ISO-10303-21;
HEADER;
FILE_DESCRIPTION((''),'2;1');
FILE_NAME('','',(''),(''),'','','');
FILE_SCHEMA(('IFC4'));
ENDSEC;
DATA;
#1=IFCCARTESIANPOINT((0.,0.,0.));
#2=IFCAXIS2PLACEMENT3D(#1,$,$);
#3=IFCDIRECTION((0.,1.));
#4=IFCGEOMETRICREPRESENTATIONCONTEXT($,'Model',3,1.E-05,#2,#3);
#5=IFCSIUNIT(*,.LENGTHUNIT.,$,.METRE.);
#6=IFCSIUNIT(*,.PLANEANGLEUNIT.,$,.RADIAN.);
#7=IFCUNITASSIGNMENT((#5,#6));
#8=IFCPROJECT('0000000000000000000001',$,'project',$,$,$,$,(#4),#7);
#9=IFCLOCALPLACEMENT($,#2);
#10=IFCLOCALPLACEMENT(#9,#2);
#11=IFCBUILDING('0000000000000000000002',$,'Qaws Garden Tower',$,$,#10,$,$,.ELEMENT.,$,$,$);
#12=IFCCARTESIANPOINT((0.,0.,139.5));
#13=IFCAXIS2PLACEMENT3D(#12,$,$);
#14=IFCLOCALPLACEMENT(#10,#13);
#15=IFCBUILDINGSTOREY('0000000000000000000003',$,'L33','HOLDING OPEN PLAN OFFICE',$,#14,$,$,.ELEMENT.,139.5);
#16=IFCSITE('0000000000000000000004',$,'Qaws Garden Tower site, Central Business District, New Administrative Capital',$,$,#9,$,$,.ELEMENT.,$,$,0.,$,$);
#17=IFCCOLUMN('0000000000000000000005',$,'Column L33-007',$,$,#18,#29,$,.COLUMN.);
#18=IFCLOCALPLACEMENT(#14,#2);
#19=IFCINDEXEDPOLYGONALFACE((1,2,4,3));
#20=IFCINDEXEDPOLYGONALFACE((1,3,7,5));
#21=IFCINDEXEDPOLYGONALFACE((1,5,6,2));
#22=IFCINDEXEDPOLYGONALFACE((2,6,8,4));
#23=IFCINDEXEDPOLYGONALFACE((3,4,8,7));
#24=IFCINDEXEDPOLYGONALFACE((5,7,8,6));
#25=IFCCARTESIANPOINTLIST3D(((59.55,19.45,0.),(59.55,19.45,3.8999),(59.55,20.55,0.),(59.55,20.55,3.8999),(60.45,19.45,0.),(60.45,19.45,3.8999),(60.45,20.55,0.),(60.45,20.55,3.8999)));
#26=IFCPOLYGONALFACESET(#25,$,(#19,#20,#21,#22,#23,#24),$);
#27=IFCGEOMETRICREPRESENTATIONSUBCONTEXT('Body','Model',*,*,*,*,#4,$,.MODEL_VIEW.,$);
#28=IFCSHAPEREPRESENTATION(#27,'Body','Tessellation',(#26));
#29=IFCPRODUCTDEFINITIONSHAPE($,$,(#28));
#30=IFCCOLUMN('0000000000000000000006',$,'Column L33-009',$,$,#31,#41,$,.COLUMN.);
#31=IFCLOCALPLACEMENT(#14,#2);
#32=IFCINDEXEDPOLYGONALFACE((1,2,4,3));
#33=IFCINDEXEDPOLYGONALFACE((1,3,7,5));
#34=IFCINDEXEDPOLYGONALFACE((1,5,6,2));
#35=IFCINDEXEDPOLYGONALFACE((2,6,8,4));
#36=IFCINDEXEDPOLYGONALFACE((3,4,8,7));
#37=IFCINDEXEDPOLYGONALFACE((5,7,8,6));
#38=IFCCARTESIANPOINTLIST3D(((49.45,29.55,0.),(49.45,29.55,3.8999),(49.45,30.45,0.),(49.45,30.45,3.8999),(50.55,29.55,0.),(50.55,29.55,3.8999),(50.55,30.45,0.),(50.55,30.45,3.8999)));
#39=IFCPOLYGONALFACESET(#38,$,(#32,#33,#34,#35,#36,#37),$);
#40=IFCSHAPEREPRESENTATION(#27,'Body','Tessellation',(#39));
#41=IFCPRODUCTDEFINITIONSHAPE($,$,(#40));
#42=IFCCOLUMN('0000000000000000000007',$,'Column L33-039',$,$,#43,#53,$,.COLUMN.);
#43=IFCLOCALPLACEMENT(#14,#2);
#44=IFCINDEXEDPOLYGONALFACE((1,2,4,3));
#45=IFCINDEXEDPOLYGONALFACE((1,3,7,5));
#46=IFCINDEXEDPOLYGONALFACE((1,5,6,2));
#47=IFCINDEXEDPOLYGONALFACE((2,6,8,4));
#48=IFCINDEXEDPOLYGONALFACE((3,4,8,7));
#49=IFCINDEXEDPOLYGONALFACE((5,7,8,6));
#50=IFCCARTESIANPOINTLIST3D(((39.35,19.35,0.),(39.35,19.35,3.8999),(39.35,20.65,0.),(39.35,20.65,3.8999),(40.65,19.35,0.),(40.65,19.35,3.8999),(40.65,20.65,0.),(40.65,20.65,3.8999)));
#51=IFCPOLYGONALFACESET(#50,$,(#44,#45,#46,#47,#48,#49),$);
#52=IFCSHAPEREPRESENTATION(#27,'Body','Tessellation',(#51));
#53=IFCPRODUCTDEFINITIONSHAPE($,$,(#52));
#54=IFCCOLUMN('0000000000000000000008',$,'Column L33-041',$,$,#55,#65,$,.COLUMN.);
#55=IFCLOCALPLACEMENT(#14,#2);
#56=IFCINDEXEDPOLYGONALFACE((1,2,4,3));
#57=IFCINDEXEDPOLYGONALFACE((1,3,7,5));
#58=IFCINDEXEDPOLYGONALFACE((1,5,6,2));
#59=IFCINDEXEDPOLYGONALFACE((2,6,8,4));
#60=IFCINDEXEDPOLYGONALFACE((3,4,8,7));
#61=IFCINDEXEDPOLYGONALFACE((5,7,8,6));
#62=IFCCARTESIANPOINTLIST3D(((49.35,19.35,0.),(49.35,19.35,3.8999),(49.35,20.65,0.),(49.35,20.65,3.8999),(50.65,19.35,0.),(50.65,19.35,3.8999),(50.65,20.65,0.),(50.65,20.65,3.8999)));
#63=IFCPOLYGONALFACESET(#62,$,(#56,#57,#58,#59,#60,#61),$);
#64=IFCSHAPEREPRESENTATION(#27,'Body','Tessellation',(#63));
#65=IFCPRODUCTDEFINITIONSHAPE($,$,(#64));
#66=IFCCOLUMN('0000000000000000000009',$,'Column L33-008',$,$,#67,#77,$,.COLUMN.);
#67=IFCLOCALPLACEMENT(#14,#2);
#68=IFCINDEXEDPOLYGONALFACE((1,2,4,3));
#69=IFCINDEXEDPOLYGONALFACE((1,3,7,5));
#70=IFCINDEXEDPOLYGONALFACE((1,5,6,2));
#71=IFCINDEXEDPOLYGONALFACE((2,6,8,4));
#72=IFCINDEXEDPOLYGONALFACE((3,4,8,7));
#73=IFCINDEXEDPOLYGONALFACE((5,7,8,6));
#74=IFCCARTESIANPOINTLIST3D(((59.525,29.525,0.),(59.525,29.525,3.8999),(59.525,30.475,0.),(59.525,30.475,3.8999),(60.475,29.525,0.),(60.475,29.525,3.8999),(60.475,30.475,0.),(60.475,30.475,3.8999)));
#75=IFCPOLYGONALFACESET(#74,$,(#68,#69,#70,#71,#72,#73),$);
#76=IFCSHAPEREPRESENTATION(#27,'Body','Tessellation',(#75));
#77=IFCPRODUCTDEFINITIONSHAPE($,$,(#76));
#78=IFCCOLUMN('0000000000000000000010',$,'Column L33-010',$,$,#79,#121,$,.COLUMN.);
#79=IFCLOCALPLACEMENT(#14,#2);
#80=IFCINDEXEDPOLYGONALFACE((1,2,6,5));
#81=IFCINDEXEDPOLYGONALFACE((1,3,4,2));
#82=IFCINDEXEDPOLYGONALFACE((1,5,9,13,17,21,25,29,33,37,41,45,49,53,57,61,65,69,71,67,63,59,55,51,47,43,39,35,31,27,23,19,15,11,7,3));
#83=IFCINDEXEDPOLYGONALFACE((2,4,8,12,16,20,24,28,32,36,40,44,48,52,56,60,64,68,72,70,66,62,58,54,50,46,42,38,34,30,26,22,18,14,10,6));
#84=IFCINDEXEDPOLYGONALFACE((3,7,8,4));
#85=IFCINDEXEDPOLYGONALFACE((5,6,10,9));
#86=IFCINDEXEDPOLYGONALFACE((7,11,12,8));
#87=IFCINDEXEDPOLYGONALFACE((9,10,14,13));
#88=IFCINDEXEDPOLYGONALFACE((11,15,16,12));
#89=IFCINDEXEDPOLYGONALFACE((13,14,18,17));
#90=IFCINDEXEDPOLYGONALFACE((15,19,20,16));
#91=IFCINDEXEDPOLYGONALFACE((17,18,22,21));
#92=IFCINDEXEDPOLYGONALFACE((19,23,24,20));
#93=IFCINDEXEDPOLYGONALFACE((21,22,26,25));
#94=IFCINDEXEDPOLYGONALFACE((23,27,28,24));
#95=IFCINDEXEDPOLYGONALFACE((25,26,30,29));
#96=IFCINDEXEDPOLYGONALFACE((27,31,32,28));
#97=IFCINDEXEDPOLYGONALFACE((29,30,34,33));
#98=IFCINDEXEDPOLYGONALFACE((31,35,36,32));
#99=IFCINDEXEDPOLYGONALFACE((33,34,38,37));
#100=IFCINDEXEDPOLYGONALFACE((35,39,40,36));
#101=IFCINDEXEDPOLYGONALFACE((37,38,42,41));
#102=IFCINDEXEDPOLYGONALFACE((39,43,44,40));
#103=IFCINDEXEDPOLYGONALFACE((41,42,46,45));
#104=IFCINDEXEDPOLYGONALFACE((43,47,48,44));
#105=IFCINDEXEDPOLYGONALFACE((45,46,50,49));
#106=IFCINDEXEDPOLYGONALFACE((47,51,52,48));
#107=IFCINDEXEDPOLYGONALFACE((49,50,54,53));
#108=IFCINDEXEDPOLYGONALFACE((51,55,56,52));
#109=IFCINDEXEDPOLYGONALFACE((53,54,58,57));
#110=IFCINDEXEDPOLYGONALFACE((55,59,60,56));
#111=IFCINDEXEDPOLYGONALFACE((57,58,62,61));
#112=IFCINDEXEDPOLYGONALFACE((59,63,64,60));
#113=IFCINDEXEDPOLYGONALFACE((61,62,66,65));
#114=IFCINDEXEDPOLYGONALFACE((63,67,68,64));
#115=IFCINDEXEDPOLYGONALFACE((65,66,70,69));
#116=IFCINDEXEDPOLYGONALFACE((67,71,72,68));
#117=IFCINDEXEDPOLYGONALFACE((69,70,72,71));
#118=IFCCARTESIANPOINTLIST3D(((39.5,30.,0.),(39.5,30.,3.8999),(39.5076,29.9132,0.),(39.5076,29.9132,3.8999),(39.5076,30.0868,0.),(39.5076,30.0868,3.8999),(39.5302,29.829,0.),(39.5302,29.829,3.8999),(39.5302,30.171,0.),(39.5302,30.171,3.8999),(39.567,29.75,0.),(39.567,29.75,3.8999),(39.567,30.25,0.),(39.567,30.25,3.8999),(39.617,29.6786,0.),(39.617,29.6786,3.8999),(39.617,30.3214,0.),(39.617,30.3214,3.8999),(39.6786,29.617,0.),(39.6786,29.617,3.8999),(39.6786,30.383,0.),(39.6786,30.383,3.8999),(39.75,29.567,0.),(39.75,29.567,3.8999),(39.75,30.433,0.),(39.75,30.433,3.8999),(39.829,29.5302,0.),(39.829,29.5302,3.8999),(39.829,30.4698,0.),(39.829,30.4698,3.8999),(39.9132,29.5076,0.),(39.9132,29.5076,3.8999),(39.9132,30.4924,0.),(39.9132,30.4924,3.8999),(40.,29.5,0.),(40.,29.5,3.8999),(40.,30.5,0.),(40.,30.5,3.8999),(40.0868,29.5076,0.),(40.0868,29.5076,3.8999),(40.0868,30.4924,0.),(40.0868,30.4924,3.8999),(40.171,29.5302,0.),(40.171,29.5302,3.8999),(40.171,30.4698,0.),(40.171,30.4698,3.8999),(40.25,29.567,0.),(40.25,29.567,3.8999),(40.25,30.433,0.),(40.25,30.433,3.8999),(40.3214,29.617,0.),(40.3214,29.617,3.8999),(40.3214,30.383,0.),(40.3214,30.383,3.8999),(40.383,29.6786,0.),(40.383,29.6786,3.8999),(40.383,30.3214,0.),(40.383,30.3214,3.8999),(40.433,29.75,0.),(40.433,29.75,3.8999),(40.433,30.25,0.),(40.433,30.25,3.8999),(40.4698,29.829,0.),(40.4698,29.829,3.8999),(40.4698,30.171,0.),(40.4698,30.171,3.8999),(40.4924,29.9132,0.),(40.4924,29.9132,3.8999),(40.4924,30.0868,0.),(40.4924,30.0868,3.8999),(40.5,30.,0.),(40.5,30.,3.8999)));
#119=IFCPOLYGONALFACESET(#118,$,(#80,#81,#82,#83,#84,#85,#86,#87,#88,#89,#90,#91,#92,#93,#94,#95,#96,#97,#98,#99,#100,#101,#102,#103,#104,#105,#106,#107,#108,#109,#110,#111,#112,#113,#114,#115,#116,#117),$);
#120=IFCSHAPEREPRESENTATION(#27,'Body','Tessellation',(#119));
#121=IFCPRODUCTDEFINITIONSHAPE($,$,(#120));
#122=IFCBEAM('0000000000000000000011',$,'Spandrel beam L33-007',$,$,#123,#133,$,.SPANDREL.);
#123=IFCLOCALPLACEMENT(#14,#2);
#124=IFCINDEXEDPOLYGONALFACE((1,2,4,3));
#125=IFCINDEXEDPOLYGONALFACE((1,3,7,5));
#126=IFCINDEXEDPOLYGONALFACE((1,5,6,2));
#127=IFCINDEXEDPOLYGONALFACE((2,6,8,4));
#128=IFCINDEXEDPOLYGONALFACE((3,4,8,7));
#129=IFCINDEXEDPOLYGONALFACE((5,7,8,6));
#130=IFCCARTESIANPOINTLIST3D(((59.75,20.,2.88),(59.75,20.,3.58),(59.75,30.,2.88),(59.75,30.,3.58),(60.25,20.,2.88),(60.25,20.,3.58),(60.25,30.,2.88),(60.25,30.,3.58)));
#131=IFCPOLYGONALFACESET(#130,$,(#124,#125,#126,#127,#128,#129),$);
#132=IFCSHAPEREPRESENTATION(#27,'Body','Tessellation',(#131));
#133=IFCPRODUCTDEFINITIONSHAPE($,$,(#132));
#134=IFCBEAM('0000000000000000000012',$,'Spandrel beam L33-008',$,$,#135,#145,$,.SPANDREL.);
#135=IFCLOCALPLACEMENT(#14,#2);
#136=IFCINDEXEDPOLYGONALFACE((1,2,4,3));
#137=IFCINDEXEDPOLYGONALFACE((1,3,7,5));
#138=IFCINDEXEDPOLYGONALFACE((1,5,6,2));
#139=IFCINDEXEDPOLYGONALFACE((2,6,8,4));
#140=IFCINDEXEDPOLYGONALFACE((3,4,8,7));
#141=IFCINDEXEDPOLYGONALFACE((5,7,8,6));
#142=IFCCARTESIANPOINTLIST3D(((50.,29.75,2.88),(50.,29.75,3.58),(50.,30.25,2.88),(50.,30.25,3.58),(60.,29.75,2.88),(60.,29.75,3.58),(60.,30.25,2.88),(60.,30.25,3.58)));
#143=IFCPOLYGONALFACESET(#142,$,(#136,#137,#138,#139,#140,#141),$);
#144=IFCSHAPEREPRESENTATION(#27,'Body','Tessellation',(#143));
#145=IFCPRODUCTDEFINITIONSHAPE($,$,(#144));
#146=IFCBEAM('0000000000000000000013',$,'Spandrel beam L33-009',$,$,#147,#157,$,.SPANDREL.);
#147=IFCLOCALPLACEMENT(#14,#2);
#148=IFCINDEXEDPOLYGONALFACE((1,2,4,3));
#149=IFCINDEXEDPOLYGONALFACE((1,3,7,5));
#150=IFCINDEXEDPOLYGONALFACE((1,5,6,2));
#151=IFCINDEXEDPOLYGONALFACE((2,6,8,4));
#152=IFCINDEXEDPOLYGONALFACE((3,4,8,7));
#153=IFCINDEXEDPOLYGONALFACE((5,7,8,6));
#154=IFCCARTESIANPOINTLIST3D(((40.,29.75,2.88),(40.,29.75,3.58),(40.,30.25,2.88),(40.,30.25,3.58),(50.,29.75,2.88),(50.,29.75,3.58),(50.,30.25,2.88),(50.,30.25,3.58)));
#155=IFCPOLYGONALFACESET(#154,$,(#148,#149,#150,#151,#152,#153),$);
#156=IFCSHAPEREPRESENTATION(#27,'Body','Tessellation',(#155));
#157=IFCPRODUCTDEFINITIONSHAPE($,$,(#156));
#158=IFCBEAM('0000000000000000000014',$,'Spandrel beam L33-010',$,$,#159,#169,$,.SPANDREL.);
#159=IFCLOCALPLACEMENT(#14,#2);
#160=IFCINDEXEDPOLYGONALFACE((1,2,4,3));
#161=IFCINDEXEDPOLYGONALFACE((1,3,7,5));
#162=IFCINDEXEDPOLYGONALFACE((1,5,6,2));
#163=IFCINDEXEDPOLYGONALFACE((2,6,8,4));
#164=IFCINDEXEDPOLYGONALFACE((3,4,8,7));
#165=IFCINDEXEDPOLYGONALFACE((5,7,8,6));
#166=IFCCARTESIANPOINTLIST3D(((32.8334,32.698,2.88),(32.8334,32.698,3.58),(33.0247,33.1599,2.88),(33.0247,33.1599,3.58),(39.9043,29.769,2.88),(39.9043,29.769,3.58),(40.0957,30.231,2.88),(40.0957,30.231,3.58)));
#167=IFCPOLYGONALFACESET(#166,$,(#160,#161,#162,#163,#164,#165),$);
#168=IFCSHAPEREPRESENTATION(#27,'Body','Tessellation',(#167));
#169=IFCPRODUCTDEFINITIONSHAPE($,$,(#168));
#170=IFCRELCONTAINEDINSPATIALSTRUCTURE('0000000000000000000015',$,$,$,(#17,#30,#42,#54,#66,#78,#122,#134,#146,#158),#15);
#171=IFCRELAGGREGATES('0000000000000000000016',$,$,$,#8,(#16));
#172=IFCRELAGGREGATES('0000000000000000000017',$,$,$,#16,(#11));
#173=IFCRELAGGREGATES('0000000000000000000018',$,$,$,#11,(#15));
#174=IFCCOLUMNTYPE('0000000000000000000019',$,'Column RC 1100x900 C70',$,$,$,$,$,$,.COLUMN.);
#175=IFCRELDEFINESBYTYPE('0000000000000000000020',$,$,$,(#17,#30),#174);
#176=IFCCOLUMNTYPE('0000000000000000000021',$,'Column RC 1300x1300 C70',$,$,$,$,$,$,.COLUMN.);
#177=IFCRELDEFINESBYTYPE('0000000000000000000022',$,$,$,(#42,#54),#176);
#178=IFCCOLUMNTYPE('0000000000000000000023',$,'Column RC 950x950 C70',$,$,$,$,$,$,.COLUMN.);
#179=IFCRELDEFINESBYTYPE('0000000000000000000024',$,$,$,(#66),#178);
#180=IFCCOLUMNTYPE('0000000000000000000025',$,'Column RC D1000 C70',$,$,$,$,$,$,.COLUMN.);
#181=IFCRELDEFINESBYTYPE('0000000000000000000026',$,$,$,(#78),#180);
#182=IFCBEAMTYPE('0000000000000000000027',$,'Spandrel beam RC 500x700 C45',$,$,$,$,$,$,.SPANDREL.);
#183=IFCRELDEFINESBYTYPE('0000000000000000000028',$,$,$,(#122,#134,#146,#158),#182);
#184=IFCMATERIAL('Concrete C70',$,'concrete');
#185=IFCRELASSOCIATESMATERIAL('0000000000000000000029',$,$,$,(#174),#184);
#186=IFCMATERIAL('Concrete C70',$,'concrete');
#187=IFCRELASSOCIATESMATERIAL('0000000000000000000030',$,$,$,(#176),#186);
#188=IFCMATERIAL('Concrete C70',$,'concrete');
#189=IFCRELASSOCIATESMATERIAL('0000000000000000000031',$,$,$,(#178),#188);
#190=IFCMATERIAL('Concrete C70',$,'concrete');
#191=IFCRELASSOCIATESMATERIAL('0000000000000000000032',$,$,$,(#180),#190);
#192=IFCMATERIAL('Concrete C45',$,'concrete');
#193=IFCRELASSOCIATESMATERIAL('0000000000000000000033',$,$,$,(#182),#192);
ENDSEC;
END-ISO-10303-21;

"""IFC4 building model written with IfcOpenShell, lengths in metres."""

from ifc_helpers import new_model, si_unit, direction, frame, origin, origin_2d, place, context, subcontext, project, spatial, rectangle, circle, extrude, material, material_profile, profile_set, type_object, element, save


model = new_model("IFC4")

# Units and contexts
model_context = context("Model", 3, precision=1e-05, world=origin(), true_north=direction((0.0, 1.0)))
body_context = subcontext(model_context, "Body", "Model", "MODEL_VIEW")
ifc_project = project(units=[si_unit("LENGTHUNIT", "METRE"), si_unit("PLANEANGLEUNIT", "RADIAN")], contexts=[model_context])

# Site, building, storey
site_placement = place(None, origin())
site = spatial("IfcSite", under=ifc_project, at=site_placement, Name="Qaws Garden Tower site, Central Business District, New Administrative Capital", CompositionType="ELEMENT", RefElevation=0.0)
building_placement = place(site_placement, origin())
building = spatial("IfcBuilding", under=site, at=building_placement, Name="Qaws Garden Tower", CompositionType="ELEMENT")
storey_placement = place(building_placement, frame((0.0, 0.0, 139.5)))
storey = spatial("IfcBuildingStorey", under=building, at=storey_placement, Name="L33", Description="HOLDING OPEN PLAN OFFICE", CompositionType="ELEMENT", Elevation=139.5)

# Columns
ifc_material_1 = material(Name="Concrete C70", Category="concrete")
ifc_material_profile_1 = material_profile(ifc_material_1, rectangle(XDim=1.1001, YDim=0.8999, at=origin_2d()), Name="RC 1100x900")
ifc_profile_set_1 = profile_set([ifc_material_profile_1], Name="Concrete C70")
column_type_1 = type_object("IfcColumnType", Name="Column RC 1100x900 C70", PredefinedType="COLUMN", material=ifc_profile_set_1)
for number, where, z_axis, x_axis, name in (
    (1, (60.0, 20.0, 0.0), (0.0, 0.0, 1.0), (0.0, 1.0, 0.0), "Column L33-007"),
    (2, (50.0, 30.0, 0.0), (0.0, 0.0, 1.0), (1.0, 0.0, 0.0), "Column L33-009"),
):
    element("IfcColumn", number, at=place(storey_placement, frame(where, z_axis=z_axis, x_axis=x_axis)), inside=storey, type_object=column_type_1, Name=name, PredefinedType="COLUMN", context=body_context, shape_type="SweptSolid", body=[
        extrude(rectangle(XDim=1.1001, YDim=0.8999, at=origin_2d()), origin(), (0.0, 0.0, 1.0), 3.8999),
    ])
ifc_material_2 = material(Name="Concrete C70", Category="concrete")
ifc_material_profile_2 = material_profile(ifc_material_2, rectangle(XDim=1.3, YDim=1.3, at=origin_2d()), Name="RC 1300x1300")
ifc_profile_set_2 = profile_set([ifc_material_profile_2], Name="Concrete C70")
column_type_2 = type_object("IfcColumnType", Name="Column RC 1300x1300 C70", PredefinedType="COLUMN", material=ifc_profile_set_2)
for number, where, z_axis, x_axis, name in (
    (3, (40.0, 20.0, 0.0), (0.0, 0.0, 1.0), (1.0, 0.0, 0.0), "Column L33-039"),
    (4, (50.0, 20.0, 0.0), (0.0, 0.0, 1.0), (1.0, 0.0, 0.0), "Column L33-041"),
):
    element("IfcColumn", number, at=place(storey_placement, frame(where, z_axis=z_axis, x_axis=x_axis)), inside=storey, type_object=column_type_2, Name=name, PredefinedType="COLUMN", context=body_context, shape_type="SweptSolid", body=[
        extrude(rectangle(XDim=1.3, YDim=1.3, at=origin_2d()), origin(), (0.0, 0.0, 1.0), 3.8999),
    ])
ifc_material_3 = material(Name="Concrete C70", Category="concrete")
ifc_material_profile_3 = material_profile(ifc_material_3, rectangle(XDim=0.95, YDim=0.95, at=origin_2d()), Name="RC 950x950")
ifc_profile_set_3 = profile_set([ifc_material_profile_3], Name="Concrete C70")
column_type_3 = type_object("IfcColumnType", Name="Column RC 950x950 C70", PredefinedType="COLUMN", material=ifc_profile_set_3)
column_1_placement = place(storey_placement, frame((60.0, 30.0, 0.0), z_axis=(0.0, 0.0, 1.0), x_axis=(1.0, 0.0, 0.0)))
element("IfcColumn", 5, at=column_1_placement, inside=storey, type_object=column_type_3, Name="Column L33-008", PredefinedType="COLUMN", context=body_context, shape_type="SweptSolid", body=[
    extrude(rectangle(XDim=0.95, YDim=0.95, at=origin_2d()), origin(), (0.0, 0.0, 1.0), 3.8999),
])
ifc_material_4 = material(Name="Concrete C70", Category="concrete")
ifc_material_profile_4 = material_profile(ifc_material_4, circle(Radius=0.5, at=origin_2d()), Name="RC D1000")
ifc_profile_set_4 = profile_set([ifc_material_profile_4], Name="Concrete C70")
column_type_4 = type_object("IfcColumnType", Name="Column RC D1000 C70", PredefinedType="COLUMN", material=ifc_profile_set_4)
column_2_placement = place(storey_placement, frame((40.0, 30.0, 0.0), z_axis=(0.0, 0.0, 1.0), x_axis=(1.0, 0.0, 0.0)))
element("IfcColumn", 6, at=column_2_placement, inside=storey, type_object=column_type_4, Name="Column L33-010", PredefinedType="COLUMN", context=body_context, shape_type="SweptSolid", body=[
    extrude(circle(Radius=0.5, at=origin_2d()), origin(), (0.0, 0.0, 1.0), 3.8999),
])

# Beams
ifc_material_5 = material(Name="Concrete C45", Category="concrete")
ifc_material_profile_5 = material_profile(ifc_material_5, rectangle(XDim=0.5, YDim=0.7, at=origin_2d()), Name="RC 500x700")
ifc_profile_set_5 = profile_set([ifc_material_profile_5], Name="Concrete C45")
beam_type = type_object("IfcBeamType", Name="Spandrel beam RC 500x700 C45", PredefinedType="SPANDREL", material=ifc_profile_set_5)
for number, where, z_axis, x_axis, name in (
    (7, (60.0, 20.0, 3.23), (0.0, 1.0, 0.0), (-1.0, 0.0, 0.0), "Spandrel beam L33-007"),
    (8, (60.0, 30.0, 3.23), (-1.0, 0.0, 0.0), (0.0, -1.0, 0.0), "Spandrel beam L33-008"),
    (9, (50.0, 30.0, 3.23), (-1.0, 0.0, 0.0), (0.0, -1.0, 0.0), "Spandrel beam L33-009"),
):
    element("IfcBeam", number, at=place(storey_placement, frame(where, z_axis=z_axis, x_axis=x_axis)), inside=storey, type_object=beam_type, Name=name, PredefinedType="SPANDREL", context=body_context, shape_type="SweptSolid", body=[
        extrude(rectangle(XDim=0.5, YDim=0.7, at=origin_2d()), origin(), (0.0, 0.0, 1.0), 10.0),
    ])
beam_placement = place(storey_placement, frame((40.0, 30.0, 3.23), z_axis=(-0.923878, 0.382687, 0.0), x_axis=(-0.382687, -0.923878, 0.0)))
element("IfcBeam", 10, at=beam_placement, inside=storey, type_object=beam_type, Name="Spandrel beam L33-010", PredefinedType="SPANDREL", context=body_context, shape_type="SweptSolid", body=[
    extrude(rectangle(XDim=0.5, YDim=0.7, at=origin_2d()), origin(), (0.0, 0.0, 1.0), 7.6536),
])

save(model, "model.ifc")
